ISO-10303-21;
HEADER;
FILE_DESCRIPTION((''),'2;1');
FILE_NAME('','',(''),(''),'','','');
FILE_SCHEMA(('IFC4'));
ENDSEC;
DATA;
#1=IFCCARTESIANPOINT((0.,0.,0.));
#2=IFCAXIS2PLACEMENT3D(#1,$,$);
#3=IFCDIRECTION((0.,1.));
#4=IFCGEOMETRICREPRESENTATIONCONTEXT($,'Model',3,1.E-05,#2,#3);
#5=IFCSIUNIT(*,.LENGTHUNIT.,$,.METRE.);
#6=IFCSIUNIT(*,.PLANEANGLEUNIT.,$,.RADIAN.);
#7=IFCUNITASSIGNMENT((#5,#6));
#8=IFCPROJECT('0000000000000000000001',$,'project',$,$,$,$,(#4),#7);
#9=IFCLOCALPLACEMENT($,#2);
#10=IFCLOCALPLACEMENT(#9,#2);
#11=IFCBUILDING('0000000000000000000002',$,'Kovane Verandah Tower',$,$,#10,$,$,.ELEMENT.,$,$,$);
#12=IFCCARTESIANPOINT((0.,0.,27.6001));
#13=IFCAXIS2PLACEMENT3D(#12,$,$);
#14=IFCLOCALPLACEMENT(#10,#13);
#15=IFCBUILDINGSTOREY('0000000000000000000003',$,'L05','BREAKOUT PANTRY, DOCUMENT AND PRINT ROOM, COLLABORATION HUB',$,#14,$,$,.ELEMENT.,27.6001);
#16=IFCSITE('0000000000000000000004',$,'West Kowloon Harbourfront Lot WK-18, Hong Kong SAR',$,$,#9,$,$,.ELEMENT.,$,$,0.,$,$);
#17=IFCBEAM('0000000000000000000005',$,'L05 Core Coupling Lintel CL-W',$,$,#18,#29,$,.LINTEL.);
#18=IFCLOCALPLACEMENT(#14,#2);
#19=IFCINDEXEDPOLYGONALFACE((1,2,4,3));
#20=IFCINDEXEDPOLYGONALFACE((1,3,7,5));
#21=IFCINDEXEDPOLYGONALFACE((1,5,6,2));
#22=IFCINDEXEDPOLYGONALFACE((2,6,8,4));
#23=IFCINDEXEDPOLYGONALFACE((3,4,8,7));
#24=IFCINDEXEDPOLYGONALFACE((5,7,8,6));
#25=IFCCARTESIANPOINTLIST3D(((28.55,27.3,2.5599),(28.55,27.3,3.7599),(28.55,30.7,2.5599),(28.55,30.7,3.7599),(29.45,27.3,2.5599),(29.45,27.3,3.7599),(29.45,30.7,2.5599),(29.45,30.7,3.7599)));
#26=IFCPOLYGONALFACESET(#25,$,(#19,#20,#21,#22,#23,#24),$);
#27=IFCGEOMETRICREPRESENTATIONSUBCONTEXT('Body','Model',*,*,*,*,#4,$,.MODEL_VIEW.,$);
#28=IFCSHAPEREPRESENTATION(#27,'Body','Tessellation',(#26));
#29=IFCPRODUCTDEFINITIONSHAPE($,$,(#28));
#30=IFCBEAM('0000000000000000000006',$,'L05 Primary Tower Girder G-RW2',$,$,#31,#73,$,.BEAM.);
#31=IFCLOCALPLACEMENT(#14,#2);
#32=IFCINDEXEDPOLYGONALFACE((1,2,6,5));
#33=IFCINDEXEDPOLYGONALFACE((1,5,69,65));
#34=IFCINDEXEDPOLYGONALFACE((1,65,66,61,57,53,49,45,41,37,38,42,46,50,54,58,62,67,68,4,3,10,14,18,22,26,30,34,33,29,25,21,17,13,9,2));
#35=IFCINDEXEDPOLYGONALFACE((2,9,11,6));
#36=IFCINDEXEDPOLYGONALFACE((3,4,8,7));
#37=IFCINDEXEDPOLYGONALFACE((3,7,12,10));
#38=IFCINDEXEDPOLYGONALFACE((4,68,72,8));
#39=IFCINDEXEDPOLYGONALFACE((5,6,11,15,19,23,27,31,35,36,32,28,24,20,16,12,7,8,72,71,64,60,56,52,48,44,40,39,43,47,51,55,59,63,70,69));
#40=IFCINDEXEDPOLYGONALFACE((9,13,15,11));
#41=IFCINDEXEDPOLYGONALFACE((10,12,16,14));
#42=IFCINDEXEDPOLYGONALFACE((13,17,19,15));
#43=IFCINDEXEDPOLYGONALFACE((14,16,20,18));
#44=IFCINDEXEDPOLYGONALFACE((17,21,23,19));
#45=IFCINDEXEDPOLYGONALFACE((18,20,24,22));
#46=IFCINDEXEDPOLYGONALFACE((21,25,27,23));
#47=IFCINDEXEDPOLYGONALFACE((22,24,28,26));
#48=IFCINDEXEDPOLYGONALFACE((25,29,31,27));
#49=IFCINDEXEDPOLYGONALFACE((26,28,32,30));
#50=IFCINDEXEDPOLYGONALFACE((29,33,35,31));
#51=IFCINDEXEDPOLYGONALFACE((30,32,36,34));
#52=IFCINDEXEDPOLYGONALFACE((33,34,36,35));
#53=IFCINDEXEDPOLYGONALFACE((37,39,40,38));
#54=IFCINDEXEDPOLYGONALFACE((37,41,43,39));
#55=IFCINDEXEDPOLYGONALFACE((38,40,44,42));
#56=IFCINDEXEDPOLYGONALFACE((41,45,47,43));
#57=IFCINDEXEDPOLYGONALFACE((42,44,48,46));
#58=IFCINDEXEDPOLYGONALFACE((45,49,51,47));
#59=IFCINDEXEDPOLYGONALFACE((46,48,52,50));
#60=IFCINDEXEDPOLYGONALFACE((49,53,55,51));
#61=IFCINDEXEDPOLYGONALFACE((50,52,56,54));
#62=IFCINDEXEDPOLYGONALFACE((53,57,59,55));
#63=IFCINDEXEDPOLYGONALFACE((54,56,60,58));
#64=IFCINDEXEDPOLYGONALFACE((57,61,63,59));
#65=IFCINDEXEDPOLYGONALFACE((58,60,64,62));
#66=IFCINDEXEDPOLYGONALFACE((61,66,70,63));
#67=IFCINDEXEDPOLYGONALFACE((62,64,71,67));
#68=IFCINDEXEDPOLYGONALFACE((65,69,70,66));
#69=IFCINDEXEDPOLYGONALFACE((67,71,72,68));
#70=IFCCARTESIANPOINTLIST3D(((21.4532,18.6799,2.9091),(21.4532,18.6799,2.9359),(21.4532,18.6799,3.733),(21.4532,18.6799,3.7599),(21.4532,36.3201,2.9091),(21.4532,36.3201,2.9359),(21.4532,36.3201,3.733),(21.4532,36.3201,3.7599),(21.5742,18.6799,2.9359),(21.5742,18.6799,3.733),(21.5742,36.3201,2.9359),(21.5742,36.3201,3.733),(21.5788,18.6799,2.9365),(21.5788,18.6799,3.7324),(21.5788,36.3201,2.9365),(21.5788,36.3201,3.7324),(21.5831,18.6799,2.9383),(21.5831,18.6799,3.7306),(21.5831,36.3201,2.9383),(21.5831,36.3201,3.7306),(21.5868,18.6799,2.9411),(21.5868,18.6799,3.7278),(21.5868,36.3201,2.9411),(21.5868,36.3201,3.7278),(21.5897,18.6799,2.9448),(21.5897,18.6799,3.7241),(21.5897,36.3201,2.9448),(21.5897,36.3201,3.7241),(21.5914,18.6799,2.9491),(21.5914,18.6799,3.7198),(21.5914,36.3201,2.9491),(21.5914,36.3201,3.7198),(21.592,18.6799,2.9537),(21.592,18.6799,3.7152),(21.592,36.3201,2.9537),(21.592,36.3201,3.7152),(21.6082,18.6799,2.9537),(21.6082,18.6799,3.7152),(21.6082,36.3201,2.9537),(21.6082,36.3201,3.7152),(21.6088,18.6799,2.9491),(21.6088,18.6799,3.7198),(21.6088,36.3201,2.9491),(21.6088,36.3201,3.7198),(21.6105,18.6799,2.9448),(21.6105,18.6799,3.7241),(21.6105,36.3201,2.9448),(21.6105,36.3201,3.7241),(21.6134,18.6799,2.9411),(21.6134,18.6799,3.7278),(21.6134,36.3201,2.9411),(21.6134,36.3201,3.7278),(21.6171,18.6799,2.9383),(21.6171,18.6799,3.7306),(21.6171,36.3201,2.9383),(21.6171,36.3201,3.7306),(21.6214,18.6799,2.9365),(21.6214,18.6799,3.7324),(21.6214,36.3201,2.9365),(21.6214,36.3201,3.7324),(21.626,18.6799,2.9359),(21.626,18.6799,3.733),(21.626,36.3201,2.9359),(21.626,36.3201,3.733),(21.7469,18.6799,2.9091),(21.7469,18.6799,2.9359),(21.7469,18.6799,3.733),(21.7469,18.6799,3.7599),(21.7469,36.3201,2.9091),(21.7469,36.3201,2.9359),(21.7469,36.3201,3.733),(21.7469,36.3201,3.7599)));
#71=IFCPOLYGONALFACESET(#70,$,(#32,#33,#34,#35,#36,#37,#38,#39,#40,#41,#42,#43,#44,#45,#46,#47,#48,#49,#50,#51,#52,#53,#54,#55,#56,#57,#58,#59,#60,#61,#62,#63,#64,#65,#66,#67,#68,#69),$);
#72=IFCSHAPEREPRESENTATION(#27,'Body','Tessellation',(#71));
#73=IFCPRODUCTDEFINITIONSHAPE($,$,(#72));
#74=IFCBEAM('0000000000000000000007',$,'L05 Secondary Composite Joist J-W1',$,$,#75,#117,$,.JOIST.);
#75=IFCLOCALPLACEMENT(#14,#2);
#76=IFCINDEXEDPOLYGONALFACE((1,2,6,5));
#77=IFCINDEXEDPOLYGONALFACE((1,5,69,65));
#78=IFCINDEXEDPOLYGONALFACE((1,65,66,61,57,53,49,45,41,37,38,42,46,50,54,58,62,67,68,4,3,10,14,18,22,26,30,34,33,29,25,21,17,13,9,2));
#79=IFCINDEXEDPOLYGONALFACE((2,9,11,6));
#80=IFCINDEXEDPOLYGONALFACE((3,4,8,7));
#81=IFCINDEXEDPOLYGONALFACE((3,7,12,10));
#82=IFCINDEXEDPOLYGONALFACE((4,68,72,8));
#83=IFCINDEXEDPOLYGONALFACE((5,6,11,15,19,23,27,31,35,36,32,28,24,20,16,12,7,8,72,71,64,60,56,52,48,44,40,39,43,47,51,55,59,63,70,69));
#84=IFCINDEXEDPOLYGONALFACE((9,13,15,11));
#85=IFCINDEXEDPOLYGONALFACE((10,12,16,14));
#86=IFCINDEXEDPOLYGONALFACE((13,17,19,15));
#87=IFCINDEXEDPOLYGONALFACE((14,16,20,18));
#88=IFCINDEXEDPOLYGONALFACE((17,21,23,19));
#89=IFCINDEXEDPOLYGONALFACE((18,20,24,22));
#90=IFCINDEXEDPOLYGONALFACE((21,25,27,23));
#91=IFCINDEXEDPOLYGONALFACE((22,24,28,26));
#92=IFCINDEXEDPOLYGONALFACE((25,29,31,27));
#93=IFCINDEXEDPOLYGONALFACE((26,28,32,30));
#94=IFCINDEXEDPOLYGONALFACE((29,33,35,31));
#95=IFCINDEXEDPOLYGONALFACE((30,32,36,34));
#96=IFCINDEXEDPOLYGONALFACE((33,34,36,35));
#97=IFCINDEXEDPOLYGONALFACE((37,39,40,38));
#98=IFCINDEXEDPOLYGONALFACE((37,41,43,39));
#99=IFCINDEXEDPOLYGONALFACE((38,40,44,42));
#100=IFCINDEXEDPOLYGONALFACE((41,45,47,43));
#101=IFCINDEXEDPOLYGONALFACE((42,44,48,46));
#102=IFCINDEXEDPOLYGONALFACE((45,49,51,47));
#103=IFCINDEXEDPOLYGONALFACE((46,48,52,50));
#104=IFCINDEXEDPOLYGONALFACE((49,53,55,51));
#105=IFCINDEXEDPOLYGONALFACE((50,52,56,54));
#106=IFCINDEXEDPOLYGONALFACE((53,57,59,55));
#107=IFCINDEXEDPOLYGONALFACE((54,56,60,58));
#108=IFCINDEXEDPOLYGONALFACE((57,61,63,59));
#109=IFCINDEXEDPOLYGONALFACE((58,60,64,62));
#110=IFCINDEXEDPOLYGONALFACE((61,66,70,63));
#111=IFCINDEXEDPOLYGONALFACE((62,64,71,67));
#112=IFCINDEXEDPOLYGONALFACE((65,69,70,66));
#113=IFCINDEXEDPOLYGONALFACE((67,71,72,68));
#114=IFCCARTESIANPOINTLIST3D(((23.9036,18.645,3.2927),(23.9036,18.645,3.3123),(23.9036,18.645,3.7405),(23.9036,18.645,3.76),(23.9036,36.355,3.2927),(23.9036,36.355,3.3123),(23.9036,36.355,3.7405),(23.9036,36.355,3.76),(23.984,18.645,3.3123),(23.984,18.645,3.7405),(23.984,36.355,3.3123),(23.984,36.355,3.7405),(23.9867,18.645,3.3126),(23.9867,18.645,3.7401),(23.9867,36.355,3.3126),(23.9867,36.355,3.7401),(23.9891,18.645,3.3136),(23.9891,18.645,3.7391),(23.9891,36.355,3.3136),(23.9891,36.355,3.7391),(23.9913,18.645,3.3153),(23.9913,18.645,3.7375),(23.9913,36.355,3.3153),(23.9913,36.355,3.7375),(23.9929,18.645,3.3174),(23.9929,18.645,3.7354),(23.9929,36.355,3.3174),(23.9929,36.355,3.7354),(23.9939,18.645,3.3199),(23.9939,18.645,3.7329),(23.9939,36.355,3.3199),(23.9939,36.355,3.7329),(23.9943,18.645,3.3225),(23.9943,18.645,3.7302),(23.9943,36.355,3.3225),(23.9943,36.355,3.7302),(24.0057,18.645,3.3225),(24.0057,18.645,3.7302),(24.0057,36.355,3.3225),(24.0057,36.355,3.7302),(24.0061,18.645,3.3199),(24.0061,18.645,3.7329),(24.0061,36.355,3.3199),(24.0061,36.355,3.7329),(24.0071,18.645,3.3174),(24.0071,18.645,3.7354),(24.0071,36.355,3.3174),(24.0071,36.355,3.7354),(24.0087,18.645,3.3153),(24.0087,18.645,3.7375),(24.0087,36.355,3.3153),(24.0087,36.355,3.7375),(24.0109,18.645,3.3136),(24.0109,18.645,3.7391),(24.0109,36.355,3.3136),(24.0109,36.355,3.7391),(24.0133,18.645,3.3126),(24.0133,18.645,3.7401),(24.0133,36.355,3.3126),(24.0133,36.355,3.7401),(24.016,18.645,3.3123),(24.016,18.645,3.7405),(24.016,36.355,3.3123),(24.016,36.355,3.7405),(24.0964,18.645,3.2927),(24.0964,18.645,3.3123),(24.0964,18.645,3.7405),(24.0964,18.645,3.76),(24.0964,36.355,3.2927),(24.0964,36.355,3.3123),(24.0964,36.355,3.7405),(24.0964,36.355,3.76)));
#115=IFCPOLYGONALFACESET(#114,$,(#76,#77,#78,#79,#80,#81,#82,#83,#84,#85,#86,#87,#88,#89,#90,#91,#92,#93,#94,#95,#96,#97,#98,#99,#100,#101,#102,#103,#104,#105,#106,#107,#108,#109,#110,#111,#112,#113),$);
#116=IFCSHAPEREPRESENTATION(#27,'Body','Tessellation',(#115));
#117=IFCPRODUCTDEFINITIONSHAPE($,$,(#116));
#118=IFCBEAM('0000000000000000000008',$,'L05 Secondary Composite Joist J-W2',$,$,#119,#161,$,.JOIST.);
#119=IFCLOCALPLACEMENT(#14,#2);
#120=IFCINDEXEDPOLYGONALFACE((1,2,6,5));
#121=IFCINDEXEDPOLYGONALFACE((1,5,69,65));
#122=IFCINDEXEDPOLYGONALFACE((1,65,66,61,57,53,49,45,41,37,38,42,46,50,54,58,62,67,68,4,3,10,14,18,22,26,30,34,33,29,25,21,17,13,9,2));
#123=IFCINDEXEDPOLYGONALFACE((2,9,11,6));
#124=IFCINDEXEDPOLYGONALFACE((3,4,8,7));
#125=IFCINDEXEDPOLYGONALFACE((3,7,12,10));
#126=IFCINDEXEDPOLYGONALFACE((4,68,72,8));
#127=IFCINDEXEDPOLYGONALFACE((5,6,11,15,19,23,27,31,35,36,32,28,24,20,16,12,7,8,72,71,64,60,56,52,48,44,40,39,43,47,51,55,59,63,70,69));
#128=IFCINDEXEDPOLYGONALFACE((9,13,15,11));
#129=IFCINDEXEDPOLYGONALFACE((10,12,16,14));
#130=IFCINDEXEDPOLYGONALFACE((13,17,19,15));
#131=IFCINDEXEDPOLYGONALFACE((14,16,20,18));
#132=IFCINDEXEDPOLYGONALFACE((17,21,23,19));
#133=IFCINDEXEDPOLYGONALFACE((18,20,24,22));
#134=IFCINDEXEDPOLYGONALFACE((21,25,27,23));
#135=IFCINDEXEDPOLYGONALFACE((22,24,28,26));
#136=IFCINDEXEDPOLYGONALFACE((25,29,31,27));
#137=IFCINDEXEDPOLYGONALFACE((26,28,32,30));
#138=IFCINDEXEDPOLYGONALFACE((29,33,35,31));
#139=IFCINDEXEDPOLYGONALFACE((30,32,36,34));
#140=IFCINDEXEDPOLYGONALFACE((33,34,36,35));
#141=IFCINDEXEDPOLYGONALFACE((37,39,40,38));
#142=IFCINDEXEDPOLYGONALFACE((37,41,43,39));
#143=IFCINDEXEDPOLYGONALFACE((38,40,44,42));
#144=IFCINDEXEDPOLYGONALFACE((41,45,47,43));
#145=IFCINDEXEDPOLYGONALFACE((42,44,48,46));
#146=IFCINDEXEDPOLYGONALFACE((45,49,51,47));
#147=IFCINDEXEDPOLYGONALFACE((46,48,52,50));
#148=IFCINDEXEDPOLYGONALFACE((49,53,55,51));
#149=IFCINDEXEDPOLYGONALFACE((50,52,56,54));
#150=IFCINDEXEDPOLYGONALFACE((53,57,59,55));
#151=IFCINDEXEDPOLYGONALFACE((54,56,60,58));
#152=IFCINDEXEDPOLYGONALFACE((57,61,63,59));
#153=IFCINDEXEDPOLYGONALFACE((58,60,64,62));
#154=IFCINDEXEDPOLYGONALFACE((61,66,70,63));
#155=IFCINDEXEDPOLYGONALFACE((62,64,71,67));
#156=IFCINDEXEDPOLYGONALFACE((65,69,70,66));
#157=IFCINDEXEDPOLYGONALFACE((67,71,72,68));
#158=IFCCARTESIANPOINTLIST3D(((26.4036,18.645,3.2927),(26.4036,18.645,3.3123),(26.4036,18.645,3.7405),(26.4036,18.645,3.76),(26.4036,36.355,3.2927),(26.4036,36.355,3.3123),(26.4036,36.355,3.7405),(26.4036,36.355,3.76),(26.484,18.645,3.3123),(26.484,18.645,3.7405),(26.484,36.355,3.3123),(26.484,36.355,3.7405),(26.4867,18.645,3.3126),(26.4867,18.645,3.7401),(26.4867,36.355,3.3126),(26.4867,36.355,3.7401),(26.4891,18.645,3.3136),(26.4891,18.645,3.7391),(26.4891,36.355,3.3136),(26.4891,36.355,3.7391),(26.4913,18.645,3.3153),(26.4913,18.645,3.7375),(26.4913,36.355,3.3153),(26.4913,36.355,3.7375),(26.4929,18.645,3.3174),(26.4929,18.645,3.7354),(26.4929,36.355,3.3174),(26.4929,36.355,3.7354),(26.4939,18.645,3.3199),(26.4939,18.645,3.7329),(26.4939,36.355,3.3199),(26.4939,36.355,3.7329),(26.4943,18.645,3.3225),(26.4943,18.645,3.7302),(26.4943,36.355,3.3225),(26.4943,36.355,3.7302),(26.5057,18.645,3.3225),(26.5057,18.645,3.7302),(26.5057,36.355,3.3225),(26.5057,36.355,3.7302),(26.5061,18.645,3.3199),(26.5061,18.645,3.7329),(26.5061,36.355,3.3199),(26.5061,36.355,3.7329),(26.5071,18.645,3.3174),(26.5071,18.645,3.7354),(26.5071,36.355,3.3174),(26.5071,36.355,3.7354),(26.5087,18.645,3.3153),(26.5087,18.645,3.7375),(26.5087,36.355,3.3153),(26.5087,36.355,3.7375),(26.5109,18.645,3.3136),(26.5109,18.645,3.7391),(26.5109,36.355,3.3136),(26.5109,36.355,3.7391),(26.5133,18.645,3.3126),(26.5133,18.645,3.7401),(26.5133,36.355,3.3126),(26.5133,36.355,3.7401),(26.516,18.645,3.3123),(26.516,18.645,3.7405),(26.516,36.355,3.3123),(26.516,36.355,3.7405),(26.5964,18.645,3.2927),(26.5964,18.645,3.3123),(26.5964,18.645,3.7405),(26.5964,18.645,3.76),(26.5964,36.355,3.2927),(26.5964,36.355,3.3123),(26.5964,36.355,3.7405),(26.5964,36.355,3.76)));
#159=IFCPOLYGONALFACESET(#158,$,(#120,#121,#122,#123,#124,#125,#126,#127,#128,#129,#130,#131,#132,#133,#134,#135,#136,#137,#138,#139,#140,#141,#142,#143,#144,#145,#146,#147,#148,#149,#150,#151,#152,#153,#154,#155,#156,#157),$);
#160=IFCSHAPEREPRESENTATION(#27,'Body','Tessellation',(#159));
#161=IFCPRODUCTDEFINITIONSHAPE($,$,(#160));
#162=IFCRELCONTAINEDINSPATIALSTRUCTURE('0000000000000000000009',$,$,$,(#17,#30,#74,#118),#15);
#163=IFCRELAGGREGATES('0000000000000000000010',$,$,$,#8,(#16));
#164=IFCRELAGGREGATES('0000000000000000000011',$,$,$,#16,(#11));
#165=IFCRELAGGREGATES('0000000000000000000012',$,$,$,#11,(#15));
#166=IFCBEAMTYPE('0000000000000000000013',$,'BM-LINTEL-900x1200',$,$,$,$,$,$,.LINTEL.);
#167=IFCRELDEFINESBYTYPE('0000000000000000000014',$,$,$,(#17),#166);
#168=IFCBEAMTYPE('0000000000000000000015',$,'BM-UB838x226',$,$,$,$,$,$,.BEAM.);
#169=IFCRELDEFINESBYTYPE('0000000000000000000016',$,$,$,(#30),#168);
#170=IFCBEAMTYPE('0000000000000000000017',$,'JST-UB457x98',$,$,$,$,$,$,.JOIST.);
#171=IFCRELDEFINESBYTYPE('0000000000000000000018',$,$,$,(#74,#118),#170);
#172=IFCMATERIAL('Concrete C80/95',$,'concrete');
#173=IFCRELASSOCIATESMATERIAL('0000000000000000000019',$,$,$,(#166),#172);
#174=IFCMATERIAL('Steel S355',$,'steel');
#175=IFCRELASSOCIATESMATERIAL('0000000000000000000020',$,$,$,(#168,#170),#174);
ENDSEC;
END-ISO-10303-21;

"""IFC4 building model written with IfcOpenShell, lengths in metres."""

from ifc_helpers import new_model, si_unit, direction, frame, origin, origin_2d, place, context, subcontext, project, spatial, rectangle, i_section, extrude, material, material_profile, profile_set, type_object, element, save


model = new_model("IFC4")

# Units and contexts
model_context = context("Model", 3, precision=1e-05, world=origin(), true_north=direction((0.0, 1.0)))
body_context = subcontext(model_context, "Body", "Model", "MODEL_VIEW")
ifc_project = project(units=[si_unit("LENGTHUNIT", "METRE"), si_unit("PLANEANGLEUNIT", "RADIAN")], contexts=[model_context])

# Site, building, storey
site_placement = place(None, origin())
site = spatial("IfcSite", under=ifc_project, at=site_placement, Name="West Kowloon Harbourfront Lot WK-18, Hong Kong SAR", CompositionType="ELEMENT", RefElevation=0.0)
building_placement = place(site_placement, origin())
building = spatial("IfcBuilding", under=site, at=building_placement, Name="Kovane Verandah Tower", CompositionType="ELEMENT")
storey_placement = place(building_placement, frame((0.0, 0.0, 27.6001)))
storey = spatial("IfcBuildingStorey", under=building, at=storey_placement, Name="L05", Description="BREAKOUT PANTRY, DOCUMENT AND PRINT ROOM, COLLABORATION HUB", CompositionType="ELEMENT", Elevation=27.6001)

# Beams
ifc_material_1 = material(Name="Concrete C80/95", Category="concrete")
ifc_material_profile_1 = material_profile(ifc_material_1, rectangle(XDim=0.8999, YDim=1.2, at=origin_2d()), Name="RCB900x1200")
ifc_profile_set_1 = profile_set([ifc_material_profile_1], Name="Concrete C80/95")
beam_type_1 = type_object("IfcBeamType", Name="BM-LINTEL-900x1200", PredefinedType="LINTEL", material=ifc_profile_set_1)
beam_1_placement = place(storey_placement, frame((29.0, 27.3, 3.1599), z_axis=(0.0, 1.0, 0.0), x_axis=(-1.0, 0.0, 0.0)))
element("IfcBeam", 1, at=beam_1_placement, inside=storey, type_object=beam_type_1, Name="L05 Core Coupling Lintel CL-W", PredefinedType="LINTEL", context=body_context, shape_type="SweptSolid", body=[
    extrude(rectangle(XDim=0.8999, YDim=1.2, at=origin_2d()), origin(), (0.0, 0.0, 1.0), 3.3999),
])
ifc_material_2 = material(Name="Steel S355", Category="steel")
ifc_material_profile_2 = material_profile(ifc_material_2, i_section(OverallWidth=0.2937, OverallDepth=0.8508, WebThickness=0.0161, FlangeThickness=0.0269, FilletRadius=0.0178, at=origin_2d()), Name="UB838x292x226")
ifc_profile_set_2 = profile_set([ifc_material_profile_2], Name="Steel S355")
beam_type_2 = type_object("IfcBeamType", Name="BM-UB838x226", PredefinedType="BEAM", material=ifc_profile_set_2)
beam_2_placement = place(storey_placement, frame((21.6001, 18.6799, 3.3345), z_axis=(0.0, 1.0, 0.0), x_axis=(-1.0, 0.0, 0.0)))
element("IfcBeam", 2, at=beam_2_placement, inside=storey, type_object=beam_type_2, Name="L05 Primary Tower Girder G-RW2", PredefinedType="BEAM", context=body_context, shape_type="SweptSolid", body=[
    extrude(i_section(OverallWidth=0.2937, OverallDepth=0.8508, WebThickness=0.0161, FlangeThickness=0.0269, FilletRadius=0.0178, at=origin_2d()), origin(), (0.0, 0.0, 1.0), 17.6401),
])
ifc_material_profile_3 = material_profile(ifc_material_2, i_section(OverallWidth=0.1929, OverallDepth=0.4673, WebThickness=0.0115, FlangeThickness=0.0195, FilletRadius=0.0103, at=origin_2d()), Name="UB457x191x98")
ifc_profile_set_3 = profile_set([ifc_material_profile_3], Name="Steel S355")
beam_type_3 = type_object("IfcBeamType", Name="JST-UB457x98", PredefinedType="JOIST", material=ifc_profile_set_3)
for number, where, z_axis, x_axis, name in (
    (3, (24.0, 18.645, 3.5264), (0.0, 1.0, 0.0), (-1.0, 0.0, 0.0), "L05 Secondary Composite Joist J-W1"),
    (4, (26.5, 18.645, 3.5264), (0.0, 1.0, 0.0), (-1.0, 0.0, 0.0), "L05 Secondary Composite Joist J-W2"),
):
    element("IfcBeam", number, at=place(storey_placement, frame(where, z_axis=z_axis, x_axis=x_axis)), inside=storey, type_object=beam_type_3, Name=name, PredefinedType="JOIST", context=body_context, shape_type="SweptSolid", body=[
        extrude(i_section(OverallWidth=0.1929, OverallDepth=0.4673, WebThickness=0.0115, FlangeThickness=0.0195, FilletRadius=0.0103, at=origin_2d()), origin(), (0.0, 0.0, 1.0), 17.71),
    ])

save(model, "model.ifc")
